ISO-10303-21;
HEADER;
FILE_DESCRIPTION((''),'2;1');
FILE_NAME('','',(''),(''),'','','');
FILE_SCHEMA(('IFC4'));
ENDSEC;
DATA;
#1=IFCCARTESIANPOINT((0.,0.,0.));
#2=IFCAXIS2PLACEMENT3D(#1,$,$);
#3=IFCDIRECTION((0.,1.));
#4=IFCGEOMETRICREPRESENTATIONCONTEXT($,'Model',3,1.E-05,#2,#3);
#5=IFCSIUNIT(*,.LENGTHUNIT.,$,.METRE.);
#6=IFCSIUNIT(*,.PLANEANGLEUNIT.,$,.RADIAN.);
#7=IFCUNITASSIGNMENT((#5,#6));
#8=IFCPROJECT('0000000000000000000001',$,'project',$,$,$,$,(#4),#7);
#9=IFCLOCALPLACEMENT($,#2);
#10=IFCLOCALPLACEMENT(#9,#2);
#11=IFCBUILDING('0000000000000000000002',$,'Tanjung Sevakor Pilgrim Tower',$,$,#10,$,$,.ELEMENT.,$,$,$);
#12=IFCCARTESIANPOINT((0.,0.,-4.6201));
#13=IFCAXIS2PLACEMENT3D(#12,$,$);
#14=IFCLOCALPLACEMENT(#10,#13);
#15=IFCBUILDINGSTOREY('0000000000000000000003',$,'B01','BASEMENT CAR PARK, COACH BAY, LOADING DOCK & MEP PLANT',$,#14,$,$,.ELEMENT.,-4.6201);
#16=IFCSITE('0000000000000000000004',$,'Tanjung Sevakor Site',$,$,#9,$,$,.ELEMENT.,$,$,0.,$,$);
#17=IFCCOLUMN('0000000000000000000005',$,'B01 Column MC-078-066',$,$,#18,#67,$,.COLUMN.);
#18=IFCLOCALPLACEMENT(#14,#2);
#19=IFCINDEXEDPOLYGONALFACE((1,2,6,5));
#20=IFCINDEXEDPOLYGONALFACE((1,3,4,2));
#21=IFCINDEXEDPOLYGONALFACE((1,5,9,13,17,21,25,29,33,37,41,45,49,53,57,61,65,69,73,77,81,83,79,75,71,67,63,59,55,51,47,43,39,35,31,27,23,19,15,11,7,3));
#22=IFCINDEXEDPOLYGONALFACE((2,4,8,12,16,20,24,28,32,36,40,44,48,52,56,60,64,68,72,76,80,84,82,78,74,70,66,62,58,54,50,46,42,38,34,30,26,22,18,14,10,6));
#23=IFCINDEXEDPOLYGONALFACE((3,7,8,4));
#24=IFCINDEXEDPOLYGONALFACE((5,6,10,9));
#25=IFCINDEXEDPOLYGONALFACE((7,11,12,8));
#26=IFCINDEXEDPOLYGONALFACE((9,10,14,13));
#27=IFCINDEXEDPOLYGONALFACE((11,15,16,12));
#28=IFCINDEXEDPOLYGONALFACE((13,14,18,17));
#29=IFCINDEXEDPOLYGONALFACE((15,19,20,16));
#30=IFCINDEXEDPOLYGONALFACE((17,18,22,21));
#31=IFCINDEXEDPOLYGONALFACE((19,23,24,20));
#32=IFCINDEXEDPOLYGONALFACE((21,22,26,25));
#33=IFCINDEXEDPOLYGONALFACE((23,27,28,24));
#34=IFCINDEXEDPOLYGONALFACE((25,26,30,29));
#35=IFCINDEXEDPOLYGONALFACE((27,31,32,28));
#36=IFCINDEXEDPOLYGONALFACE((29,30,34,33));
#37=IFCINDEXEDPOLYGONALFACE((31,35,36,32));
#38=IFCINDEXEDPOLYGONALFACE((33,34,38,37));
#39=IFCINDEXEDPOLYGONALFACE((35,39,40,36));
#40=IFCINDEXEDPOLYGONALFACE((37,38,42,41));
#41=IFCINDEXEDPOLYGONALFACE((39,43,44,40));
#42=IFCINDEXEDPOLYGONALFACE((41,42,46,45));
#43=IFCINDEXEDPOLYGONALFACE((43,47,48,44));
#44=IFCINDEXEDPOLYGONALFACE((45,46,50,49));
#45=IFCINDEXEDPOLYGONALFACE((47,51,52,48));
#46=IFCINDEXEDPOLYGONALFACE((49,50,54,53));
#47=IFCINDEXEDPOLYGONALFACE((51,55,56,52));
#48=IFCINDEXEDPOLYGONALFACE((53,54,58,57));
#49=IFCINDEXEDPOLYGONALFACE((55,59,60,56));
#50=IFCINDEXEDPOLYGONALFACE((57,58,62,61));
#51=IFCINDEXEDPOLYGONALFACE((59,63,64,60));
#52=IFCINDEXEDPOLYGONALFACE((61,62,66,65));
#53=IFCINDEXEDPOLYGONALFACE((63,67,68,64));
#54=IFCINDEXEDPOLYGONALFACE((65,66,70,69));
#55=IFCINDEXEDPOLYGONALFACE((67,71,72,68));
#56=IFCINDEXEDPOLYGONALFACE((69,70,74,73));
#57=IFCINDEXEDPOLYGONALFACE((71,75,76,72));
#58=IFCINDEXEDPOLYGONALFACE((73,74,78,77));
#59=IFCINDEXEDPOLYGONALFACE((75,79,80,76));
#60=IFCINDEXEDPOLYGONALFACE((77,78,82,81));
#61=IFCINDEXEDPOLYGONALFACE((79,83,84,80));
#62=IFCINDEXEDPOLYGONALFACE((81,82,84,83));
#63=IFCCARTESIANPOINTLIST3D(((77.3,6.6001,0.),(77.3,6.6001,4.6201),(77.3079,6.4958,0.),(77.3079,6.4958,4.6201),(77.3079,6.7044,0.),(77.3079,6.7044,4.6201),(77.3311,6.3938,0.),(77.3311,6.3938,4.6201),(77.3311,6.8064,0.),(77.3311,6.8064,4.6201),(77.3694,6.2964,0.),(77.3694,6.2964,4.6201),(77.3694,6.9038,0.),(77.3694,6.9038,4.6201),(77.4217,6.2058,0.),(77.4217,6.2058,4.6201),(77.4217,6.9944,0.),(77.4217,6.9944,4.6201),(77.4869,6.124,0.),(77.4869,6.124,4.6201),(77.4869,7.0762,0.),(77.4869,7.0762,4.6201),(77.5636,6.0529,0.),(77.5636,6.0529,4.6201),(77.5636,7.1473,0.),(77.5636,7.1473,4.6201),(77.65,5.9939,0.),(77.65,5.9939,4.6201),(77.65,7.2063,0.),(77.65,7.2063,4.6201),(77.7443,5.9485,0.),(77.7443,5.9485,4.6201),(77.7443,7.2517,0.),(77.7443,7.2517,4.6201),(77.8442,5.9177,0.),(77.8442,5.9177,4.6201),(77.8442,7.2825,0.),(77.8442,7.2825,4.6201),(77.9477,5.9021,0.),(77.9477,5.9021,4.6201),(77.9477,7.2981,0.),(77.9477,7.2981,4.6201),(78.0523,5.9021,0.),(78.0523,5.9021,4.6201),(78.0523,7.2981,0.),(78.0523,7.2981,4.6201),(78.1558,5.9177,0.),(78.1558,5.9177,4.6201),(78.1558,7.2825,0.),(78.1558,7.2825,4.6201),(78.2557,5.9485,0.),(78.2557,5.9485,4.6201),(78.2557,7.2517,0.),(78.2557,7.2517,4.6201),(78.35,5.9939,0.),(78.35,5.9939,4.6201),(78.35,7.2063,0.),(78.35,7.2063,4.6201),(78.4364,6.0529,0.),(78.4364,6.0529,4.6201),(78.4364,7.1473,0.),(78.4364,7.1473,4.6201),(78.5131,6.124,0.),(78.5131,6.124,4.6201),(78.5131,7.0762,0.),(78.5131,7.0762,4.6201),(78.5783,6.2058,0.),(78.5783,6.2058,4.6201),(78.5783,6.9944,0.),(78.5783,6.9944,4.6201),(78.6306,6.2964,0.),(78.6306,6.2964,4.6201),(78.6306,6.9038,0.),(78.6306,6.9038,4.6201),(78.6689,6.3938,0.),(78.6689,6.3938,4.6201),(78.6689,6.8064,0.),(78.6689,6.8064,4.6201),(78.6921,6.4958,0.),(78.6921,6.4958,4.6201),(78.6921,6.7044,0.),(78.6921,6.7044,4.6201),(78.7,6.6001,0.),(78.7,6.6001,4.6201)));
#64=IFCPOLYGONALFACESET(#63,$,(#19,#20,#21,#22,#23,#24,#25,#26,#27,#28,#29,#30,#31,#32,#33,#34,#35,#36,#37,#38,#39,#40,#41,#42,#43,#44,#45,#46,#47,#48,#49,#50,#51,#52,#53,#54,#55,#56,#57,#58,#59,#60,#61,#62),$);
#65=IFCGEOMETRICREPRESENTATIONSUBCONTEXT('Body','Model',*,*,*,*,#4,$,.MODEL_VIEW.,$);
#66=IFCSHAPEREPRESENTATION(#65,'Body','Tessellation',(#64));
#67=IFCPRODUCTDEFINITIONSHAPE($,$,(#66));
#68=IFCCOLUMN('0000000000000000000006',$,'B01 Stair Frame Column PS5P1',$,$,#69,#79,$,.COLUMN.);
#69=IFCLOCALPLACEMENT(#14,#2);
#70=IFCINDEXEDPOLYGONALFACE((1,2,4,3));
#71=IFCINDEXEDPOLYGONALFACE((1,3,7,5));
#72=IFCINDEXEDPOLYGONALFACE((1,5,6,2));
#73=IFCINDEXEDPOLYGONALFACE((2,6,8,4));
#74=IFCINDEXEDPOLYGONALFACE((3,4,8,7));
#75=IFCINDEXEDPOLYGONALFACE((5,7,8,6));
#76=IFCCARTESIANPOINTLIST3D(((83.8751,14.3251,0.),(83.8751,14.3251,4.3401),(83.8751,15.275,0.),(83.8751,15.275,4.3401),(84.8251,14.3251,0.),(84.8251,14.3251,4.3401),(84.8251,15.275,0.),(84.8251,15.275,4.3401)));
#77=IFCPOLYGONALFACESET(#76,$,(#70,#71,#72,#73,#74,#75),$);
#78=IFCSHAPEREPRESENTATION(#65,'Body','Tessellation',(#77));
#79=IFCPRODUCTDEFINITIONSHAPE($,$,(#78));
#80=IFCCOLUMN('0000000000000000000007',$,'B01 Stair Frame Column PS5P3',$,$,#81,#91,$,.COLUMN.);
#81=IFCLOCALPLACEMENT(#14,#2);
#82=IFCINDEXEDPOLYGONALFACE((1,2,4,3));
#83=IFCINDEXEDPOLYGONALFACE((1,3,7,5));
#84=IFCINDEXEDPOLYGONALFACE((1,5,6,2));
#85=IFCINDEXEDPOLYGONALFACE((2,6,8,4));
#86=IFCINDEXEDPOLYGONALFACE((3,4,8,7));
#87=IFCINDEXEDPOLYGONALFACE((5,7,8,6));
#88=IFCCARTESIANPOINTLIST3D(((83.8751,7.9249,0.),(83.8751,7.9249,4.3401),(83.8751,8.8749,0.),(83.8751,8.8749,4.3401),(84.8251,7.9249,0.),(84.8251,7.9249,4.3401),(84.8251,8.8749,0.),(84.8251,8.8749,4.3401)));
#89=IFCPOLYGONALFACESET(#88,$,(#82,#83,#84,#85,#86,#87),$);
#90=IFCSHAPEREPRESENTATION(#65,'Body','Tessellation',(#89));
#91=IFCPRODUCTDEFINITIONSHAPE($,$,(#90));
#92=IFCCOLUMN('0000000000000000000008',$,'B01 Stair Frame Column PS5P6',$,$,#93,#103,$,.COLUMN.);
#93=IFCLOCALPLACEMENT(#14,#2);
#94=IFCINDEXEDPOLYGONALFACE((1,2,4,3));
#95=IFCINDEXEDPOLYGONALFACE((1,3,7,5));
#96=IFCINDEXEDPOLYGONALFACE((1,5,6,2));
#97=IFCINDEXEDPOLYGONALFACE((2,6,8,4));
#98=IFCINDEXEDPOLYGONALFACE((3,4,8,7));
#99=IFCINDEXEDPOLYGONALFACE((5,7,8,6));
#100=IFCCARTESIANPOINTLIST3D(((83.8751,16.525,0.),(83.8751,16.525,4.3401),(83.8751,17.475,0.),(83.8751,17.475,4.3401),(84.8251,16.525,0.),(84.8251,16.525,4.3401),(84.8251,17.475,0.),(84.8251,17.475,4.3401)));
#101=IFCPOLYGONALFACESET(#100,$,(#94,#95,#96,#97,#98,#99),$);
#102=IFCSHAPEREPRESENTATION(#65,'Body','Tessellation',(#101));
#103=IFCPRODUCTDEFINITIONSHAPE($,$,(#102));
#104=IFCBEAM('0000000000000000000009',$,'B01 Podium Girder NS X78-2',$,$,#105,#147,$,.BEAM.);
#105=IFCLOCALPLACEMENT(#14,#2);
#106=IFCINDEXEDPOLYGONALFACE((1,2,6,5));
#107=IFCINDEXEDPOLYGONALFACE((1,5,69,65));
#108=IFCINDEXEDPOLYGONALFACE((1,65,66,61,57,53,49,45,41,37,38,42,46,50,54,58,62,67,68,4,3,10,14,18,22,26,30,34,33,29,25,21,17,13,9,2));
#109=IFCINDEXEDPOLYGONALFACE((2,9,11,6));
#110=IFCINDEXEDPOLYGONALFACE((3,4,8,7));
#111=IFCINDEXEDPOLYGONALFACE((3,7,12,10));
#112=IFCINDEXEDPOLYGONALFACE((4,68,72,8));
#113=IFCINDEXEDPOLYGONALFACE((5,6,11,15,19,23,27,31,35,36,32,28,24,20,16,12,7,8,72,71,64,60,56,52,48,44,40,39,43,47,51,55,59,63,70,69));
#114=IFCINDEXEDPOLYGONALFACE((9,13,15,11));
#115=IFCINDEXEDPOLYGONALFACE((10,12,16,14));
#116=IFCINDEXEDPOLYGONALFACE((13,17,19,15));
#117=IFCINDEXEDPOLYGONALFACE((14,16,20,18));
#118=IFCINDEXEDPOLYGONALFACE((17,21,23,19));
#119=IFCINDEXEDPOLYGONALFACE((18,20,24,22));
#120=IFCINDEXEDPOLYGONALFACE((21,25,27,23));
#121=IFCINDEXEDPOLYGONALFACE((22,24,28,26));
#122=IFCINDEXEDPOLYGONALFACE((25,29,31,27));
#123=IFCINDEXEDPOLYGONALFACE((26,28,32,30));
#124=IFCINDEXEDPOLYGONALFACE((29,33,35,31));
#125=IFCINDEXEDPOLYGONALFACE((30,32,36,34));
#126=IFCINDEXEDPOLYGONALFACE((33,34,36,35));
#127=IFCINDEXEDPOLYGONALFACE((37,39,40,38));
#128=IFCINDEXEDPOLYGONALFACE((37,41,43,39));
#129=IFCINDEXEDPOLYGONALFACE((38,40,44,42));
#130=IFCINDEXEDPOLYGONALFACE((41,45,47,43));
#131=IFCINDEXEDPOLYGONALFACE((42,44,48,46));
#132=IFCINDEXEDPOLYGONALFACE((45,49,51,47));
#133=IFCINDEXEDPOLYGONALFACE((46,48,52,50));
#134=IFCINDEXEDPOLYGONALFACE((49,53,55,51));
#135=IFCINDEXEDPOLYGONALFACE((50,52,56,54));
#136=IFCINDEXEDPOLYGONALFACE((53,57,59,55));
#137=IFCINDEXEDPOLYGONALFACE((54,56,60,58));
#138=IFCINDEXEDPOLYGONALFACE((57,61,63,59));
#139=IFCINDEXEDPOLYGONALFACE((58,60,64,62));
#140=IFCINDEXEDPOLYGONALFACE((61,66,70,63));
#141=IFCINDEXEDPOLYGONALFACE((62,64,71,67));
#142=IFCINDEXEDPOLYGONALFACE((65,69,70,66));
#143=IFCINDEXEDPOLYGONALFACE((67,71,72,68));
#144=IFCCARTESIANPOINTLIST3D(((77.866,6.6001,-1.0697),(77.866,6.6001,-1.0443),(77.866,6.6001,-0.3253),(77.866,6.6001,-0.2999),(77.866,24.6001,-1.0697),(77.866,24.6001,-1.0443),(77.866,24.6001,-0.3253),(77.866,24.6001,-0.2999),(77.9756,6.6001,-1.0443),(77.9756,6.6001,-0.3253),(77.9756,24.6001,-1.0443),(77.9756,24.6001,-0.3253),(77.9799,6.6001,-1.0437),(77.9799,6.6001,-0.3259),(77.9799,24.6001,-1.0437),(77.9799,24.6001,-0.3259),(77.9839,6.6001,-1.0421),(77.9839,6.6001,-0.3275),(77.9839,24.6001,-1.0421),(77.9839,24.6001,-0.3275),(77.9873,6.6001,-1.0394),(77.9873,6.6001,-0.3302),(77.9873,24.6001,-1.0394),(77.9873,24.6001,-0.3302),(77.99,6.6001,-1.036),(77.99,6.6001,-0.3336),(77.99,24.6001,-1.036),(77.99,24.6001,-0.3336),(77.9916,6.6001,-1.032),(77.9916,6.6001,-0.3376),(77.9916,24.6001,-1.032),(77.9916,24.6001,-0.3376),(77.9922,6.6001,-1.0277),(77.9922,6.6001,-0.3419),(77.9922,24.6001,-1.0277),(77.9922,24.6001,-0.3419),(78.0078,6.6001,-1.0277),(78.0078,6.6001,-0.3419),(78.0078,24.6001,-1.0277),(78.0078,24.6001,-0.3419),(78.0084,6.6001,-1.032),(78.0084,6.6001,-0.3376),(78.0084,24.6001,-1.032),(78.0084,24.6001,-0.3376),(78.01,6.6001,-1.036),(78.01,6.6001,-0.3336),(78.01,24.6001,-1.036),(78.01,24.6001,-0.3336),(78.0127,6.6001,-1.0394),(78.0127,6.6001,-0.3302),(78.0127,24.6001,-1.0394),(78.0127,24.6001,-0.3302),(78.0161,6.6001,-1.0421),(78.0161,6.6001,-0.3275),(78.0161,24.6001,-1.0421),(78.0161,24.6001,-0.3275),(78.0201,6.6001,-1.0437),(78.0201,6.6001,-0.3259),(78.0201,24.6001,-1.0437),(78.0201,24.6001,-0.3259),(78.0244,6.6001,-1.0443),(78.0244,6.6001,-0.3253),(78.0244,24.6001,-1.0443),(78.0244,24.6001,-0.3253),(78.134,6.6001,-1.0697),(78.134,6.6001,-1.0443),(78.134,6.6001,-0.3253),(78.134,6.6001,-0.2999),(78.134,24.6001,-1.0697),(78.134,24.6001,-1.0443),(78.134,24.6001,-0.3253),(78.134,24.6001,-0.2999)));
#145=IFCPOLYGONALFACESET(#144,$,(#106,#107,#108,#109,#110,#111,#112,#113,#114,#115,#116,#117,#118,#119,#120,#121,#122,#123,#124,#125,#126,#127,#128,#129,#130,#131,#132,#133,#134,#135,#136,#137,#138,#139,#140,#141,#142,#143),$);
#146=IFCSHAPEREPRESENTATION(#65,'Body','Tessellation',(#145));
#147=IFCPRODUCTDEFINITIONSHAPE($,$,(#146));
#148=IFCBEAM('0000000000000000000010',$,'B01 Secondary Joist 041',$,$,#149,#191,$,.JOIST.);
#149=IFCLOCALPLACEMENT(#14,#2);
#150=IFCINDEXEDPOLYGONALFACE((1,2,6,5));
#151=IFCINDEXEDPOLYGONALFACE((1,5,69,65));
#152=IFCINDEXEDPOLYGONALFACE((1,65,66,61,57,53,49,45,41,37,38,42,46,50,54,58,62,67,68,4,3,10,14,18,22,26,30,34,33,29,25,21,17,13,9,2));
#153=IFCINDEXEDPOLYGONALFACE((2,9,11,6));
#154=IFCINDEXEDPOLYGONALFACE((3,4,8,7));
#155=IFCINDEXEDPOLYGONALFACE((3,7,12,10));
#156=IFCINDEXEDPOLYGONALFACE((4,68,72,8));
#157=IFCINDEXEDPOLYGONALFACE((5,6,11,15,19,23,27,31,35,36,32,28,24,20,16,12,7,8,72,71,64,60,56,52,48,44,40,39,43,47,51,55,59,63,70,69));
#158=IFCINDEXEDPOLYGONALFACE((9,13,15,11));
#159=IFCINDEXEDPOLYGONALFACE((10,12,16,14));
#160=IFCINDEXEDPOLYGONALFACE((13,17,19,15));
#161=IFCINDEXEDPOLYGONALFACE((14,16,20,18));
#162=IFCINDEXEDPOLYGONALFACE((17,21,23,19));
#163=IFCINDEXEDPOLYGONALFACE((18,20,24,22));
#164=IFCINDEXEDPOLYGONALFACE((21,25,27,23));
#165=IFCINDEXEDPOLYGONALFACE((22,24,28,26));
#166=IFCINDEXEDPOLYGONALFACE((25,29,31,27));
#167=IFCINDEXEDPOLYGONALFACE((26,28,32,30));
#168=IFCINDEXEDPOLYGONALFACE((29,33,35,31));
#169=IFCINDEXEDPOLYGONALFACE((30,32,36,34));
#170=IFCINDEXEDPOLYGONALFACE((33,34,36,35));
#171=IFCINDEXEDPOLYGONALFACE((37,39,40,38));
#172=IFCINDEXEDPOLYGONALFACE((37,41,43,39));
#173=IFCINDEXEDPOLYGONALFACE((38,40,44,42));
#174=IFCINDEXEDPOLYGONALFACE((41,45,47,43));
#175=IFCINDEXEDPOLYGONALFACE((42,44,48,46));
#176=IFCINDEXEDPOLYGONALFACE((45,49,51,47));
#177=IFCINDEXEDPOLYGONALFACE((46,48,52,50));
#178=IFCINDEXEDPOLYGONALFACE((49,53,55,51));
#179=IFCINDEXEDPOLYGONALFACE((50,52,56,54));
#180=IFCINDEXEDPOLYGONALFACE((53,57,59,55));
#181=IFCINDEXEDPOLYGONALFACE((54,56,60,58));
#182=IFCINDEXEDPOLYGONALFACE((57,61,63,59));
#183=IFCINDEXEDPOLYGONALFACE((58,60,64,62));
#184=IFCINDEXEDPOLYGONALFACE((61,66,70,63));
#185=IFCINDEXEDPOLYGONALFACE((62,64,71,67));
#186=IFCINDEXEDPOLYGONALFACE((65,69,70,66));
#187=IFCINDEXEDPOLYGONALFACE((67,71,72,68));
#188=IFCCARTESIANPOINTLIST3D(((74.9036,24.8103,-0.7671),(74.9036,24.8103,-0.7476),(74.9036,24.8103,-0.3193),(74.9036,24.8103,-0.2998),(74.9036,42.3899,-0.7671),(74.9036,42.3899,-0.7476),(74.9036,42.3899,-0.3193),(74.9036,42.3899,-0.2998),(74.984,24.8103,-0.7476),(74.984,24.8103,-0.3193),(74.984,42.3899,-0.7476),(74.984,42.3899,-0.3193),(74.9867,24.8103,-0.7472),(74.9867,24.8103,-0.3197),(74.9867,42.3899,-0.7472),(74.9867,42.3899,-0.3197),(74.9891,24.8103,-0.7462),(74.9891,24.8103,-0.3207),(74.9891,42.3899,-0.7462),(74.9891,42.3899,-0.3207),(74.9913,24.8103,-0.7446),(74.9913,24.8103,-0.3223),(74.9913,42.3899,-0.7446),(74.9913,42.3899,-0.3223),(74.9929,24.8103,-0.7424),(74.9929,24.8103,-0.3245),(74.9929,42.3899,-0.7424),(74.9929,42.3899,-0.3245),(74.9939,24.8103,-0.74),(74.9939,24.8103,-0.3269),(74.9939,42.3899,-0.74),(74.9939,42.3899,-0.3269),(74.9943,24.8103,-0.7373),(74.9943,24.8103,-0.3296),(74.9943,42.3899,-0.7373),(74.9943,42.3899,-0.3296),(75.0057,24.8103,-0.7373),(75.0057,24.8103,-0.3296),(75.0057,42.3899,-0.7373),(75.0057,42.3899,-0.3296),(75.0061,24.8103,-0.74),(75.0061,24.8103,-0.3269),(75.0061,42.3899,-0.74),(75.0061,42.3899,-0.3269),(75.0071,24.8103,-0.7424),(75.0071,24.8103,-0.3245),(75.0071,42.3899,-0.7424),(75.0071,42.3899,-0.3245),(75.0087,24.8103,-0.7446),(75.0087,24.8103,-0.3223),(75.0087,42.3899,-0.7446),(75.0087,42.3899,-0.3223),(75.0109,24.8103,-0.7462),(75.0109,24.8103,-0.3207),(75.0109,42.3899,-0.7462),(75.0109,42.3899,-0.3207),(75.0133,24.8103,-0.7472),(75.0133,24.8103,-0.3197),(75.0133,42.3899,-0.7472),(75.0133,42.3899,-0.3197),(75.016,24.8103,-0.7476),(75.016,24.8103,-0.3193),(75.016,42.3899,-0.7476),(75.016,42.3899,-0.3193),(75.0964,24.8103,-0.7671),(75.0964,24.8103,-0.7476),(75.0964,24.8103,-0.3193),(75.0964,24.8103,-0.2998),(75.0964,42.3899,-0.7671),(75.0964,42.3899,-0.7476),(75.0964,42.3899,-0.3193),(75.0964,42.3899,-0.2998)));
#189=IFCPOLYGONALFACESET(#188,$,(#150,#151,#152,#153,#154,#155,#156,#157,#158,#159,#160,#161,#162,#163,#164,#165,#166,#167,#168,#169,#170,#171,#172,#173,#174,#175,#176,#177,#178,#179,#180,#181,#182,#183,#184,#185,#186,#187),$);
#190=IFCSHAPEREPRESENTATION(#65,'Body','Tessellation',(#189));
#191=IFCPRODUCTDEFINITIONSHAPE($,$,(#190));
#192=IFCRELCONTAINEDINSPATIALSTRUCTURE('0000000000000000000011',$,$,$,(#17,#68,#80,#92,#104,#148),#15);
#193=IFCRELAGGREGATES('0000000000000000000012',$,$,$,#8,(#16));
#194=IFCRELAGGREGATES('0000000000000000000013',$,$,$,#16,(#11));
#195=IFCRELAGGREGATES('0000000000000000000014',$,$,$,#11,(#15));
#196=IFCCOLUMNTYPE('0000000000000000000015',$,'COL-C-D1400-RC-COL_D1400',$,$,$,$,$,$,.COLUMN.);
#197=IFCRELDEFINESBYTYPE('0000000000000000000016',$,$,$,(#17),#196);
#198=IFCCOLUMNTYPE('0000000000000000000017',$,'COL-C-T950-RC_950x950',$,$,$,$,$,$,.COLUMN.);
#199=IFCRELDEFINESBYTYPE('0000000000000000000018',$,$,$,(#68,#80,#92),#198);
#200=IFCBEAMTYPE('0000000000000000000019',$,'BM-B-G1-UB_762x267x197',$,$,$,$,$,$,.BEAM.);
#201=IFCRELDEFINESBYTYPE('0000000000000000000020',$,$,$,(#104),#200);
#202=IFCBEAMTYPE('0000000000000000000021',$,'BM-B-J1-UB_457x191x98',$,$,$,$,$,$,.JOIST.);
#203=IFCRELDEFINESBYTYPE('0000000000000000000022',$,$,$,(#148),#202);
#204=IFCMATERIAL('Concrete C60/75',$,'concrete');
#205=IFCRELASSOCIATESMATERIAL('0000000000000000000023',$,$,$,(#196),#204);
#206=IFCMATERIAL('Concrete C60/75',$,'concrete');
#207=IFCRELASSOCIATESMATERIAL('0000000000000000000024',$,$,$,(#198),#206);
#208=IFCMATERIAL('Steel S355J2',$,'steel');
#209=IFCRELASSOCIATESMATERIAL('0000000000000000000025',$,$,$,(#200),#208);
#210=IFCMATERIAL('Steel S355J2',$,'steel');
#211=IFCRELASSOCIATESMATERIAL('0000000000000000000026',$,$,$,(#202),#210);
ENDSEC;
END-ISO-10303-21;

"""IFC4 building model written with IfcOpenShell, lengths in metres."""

from ifc_helpers import new_model, si_unit, direction, frame, origin, origin_2d, place, context, subcontext, project, spatial, rectangle, circle, i_section, extrude, material, material_profile, profile_set, type_object, element, save


model = new_model("IFC4")

# Units and contexts
model_context = context("Model", 3, precision=1e-05, world=origin(), true_north=direction((0.0, 1.0)))
body_context = subcontext(model_context, "Body", "Model", "MODEL_VIEW")
ifc_project = project(units=[si_unit("LENGTHUNIT", "METRE"), si_unit("PLANEANGLEUNIT", "RADIAN")], contexts=[model_context])

# Site, building, storey
site_placement = place(None, origin())
site = spatial("IfcSite", under=ifc_project, at=site_placement, Name="Tanjung Sevakor Site", CompositionType="ELEMENT", RefElevation=0.0)
building_placement = place(site_placement, origin())
building = spatial("IfcBuilding", under=site, at=building_placement, Name="Tanjung Sevakor Pilgrim Tower", CompositionType="ELEMENT")
storey_placement = place(building_placement, frame((0.0, 0.0, -4.6201)))
storey = spatial("IfcBuildingStorey", under=building, at=storey_placement, Name="B01", Description="BASEMENT CAR PARK, COACH BAY, LOADING DOCK & MEP PLANT", CompositionType="ELEMENT", Elevation=-4.6201)

# Columns
ifc_material_1 = material(Name="Concrete C60/75", Category="concrete")
ifc_material_profile_1 = material_profile(ifc_material_1, circle(Radius=0.7, at=origin_2d()))
ifc_profile_set_1 = profile_set([ifc_material_profile_1], Name="Concrete C60/75")
column_type_1 = type_object("IfcColumnType", Name="COL-C-D1400-RC-COL_D1400", PredefinedType="COLUMN", material=ifc_profile_set_1)
column_placement = place(storey_placement, frame((78.0, 6.6001, 0.0), z_axis=(0.0, 0.0, 1.0), x_axis=(1.0, 0.0, 0.0)))
element("IfcColumn", 1, at=column_placement, inside=storey, type_object=column_type_1, Name="B01 Column MC-078-066", PredefinedType="COLUMN", context=body_context, shape_type="SweptSolid", body=[
    extrude(circle(Radius=0.7, at=origin_2d()), origin(), (0.0, 0.0, 1.0), 4.6201),
])
ifc_material_2 = material(Name="Concrete C60/75", Category="concrete")
ifc_material_profile_2 = material_profile(ifc_material_2, rectangle(XDim=0.95, YDim=0.95, at=origin_2d()))
ifc_profile_set_2 = profile_set([ifc_material_profile_2], Name="Concrete C60/75")
column_type_2 = type_object("IfcColumnType", Name="COL-C-T950-RC_950x950", PredefinedType="COLUMN", material=ifc_profile_set_2)
for number, where, z_axis, x_axis, name in (
    (2, (84.3501, 14.8, 0.0), (0.0, 0.0, 1.0), (1.0, 0.0, 0.0), "B01 Stair Frame Column PS5P1"),
    (3, (84.3501, 8.3999, 0.0), (0.0, 0.0, 1.0), (1.0, 0.0, 0.0), "B01 Stair Frame Column PS5P3"),
    (4, (84.3501, 17.0, 0.0), (0.0, 0.0, 1.0), (1.0, 0.0, 0.0), "B01 Stair Frame Column PS5P6"),
):
    element("IfcColumn", number, at=place(storey_placement, frame(where, z_axis=z_axis, x_axis=x_axis)), inside=storey, type_object=column_type_2, Name=name, PredefinedType="COLUMN", context=body_context, shape_type="SweptSolid", body=[
        extrude(rectangle(XDim=0.95, YDim=0.95, at=origin_2d()), origin(), (0.0, 0.0, 1.0), 4.3401),
    ])

# Beams
ifc_material_3 = material(Name="Steel S355J2", Category="steel")
ifc_material_profile_3 = material_profile(ifc_material_3, i_section(OverallWidth=0.2681, OverallDepth=0.7698, WebThickness=0.0156, FlangeThickness=0.0254, FilletRadius=0.0166, at=origin_2d()))
ifc_profile_set_3 = profile_set([ifc_material_profile_3], Name="Steel S355J2")
beam_type_1 = type_object("IfcBeamType", Name="BM-B-G1-UB_762x267x197", PredefinedType="BEAM", material=ifc_profile_set_3)
beam_1_placement = place(storey_placement, frame((78.0, 6.6001, -0.6848), z_axis=(0.0, 1.0, 0.0), x_axis=(-1.0, 0.0, 0.0)))
element("IfcBeam", 5, at=beam_1_placement, inside=storey, type_object=beam_type_1, Name="B01 Podium Girder NS X78-2", PredefinedType="BEAM", context=body_context, shape_type="SweptSolid", body=[
    extrude(i_section(OverallWidth=0.2681, OverallDepth=0.7698, WebThickness=0.0156, FlangeThickness=0.0254, FilletRadius=0.0166, at=origin_2d()), origin(), (0.0, 0.0, 1.0), 18.0),
])
ifc_material_4 = material(Name="Steel S355J2", Category="steel")
ifc_material_profile_4 = material_profile(ifc_material_4, i_section(OverallWidth=0.1929, OverallDepth=0.4673, WebThickness=0.0115, FlangeThickness=0.0195, FilletRadius=0.0103, at=origin_2d()))
ifc_profile_set_4 = profile_set([ifc_material_profile_4], Name="Steel S355J2")
beam_type_2 = type_object("IfcBeamType", Name="BM-B-J1-UB_457x191x98", PredefinedType="JOIST", material=ifc_profile_set_4)
for number, where, z_axis, x_axis, name in (
    (6, (75.0, 24.8103, -0.5334), (0.0, 1.0, 0.0), (-1.0, 0.0, 0.0), "B01 Secondary Joist 041"),
):
    element("IfcBeam", number, at=place(storey_placement, frame(where, z_axis=z_axis, x_axis=x_axis)), inside=storey, type_object=beam_type_2, Name=name, PredefinedType="JOIST", context=body_context, shape_type="SweptSolid", body=[
        extrude(i_section(OverallWidth=0.1929, OverallDepth=0.4673, WebThickness=0.0115, FlangeThickness=0.0195, FilletRadius=0.0103, at=origin_2d()), origin(), (0.0, 0.0, 1.0), 17.5796),
    ])

save(model, "model.ifc")
